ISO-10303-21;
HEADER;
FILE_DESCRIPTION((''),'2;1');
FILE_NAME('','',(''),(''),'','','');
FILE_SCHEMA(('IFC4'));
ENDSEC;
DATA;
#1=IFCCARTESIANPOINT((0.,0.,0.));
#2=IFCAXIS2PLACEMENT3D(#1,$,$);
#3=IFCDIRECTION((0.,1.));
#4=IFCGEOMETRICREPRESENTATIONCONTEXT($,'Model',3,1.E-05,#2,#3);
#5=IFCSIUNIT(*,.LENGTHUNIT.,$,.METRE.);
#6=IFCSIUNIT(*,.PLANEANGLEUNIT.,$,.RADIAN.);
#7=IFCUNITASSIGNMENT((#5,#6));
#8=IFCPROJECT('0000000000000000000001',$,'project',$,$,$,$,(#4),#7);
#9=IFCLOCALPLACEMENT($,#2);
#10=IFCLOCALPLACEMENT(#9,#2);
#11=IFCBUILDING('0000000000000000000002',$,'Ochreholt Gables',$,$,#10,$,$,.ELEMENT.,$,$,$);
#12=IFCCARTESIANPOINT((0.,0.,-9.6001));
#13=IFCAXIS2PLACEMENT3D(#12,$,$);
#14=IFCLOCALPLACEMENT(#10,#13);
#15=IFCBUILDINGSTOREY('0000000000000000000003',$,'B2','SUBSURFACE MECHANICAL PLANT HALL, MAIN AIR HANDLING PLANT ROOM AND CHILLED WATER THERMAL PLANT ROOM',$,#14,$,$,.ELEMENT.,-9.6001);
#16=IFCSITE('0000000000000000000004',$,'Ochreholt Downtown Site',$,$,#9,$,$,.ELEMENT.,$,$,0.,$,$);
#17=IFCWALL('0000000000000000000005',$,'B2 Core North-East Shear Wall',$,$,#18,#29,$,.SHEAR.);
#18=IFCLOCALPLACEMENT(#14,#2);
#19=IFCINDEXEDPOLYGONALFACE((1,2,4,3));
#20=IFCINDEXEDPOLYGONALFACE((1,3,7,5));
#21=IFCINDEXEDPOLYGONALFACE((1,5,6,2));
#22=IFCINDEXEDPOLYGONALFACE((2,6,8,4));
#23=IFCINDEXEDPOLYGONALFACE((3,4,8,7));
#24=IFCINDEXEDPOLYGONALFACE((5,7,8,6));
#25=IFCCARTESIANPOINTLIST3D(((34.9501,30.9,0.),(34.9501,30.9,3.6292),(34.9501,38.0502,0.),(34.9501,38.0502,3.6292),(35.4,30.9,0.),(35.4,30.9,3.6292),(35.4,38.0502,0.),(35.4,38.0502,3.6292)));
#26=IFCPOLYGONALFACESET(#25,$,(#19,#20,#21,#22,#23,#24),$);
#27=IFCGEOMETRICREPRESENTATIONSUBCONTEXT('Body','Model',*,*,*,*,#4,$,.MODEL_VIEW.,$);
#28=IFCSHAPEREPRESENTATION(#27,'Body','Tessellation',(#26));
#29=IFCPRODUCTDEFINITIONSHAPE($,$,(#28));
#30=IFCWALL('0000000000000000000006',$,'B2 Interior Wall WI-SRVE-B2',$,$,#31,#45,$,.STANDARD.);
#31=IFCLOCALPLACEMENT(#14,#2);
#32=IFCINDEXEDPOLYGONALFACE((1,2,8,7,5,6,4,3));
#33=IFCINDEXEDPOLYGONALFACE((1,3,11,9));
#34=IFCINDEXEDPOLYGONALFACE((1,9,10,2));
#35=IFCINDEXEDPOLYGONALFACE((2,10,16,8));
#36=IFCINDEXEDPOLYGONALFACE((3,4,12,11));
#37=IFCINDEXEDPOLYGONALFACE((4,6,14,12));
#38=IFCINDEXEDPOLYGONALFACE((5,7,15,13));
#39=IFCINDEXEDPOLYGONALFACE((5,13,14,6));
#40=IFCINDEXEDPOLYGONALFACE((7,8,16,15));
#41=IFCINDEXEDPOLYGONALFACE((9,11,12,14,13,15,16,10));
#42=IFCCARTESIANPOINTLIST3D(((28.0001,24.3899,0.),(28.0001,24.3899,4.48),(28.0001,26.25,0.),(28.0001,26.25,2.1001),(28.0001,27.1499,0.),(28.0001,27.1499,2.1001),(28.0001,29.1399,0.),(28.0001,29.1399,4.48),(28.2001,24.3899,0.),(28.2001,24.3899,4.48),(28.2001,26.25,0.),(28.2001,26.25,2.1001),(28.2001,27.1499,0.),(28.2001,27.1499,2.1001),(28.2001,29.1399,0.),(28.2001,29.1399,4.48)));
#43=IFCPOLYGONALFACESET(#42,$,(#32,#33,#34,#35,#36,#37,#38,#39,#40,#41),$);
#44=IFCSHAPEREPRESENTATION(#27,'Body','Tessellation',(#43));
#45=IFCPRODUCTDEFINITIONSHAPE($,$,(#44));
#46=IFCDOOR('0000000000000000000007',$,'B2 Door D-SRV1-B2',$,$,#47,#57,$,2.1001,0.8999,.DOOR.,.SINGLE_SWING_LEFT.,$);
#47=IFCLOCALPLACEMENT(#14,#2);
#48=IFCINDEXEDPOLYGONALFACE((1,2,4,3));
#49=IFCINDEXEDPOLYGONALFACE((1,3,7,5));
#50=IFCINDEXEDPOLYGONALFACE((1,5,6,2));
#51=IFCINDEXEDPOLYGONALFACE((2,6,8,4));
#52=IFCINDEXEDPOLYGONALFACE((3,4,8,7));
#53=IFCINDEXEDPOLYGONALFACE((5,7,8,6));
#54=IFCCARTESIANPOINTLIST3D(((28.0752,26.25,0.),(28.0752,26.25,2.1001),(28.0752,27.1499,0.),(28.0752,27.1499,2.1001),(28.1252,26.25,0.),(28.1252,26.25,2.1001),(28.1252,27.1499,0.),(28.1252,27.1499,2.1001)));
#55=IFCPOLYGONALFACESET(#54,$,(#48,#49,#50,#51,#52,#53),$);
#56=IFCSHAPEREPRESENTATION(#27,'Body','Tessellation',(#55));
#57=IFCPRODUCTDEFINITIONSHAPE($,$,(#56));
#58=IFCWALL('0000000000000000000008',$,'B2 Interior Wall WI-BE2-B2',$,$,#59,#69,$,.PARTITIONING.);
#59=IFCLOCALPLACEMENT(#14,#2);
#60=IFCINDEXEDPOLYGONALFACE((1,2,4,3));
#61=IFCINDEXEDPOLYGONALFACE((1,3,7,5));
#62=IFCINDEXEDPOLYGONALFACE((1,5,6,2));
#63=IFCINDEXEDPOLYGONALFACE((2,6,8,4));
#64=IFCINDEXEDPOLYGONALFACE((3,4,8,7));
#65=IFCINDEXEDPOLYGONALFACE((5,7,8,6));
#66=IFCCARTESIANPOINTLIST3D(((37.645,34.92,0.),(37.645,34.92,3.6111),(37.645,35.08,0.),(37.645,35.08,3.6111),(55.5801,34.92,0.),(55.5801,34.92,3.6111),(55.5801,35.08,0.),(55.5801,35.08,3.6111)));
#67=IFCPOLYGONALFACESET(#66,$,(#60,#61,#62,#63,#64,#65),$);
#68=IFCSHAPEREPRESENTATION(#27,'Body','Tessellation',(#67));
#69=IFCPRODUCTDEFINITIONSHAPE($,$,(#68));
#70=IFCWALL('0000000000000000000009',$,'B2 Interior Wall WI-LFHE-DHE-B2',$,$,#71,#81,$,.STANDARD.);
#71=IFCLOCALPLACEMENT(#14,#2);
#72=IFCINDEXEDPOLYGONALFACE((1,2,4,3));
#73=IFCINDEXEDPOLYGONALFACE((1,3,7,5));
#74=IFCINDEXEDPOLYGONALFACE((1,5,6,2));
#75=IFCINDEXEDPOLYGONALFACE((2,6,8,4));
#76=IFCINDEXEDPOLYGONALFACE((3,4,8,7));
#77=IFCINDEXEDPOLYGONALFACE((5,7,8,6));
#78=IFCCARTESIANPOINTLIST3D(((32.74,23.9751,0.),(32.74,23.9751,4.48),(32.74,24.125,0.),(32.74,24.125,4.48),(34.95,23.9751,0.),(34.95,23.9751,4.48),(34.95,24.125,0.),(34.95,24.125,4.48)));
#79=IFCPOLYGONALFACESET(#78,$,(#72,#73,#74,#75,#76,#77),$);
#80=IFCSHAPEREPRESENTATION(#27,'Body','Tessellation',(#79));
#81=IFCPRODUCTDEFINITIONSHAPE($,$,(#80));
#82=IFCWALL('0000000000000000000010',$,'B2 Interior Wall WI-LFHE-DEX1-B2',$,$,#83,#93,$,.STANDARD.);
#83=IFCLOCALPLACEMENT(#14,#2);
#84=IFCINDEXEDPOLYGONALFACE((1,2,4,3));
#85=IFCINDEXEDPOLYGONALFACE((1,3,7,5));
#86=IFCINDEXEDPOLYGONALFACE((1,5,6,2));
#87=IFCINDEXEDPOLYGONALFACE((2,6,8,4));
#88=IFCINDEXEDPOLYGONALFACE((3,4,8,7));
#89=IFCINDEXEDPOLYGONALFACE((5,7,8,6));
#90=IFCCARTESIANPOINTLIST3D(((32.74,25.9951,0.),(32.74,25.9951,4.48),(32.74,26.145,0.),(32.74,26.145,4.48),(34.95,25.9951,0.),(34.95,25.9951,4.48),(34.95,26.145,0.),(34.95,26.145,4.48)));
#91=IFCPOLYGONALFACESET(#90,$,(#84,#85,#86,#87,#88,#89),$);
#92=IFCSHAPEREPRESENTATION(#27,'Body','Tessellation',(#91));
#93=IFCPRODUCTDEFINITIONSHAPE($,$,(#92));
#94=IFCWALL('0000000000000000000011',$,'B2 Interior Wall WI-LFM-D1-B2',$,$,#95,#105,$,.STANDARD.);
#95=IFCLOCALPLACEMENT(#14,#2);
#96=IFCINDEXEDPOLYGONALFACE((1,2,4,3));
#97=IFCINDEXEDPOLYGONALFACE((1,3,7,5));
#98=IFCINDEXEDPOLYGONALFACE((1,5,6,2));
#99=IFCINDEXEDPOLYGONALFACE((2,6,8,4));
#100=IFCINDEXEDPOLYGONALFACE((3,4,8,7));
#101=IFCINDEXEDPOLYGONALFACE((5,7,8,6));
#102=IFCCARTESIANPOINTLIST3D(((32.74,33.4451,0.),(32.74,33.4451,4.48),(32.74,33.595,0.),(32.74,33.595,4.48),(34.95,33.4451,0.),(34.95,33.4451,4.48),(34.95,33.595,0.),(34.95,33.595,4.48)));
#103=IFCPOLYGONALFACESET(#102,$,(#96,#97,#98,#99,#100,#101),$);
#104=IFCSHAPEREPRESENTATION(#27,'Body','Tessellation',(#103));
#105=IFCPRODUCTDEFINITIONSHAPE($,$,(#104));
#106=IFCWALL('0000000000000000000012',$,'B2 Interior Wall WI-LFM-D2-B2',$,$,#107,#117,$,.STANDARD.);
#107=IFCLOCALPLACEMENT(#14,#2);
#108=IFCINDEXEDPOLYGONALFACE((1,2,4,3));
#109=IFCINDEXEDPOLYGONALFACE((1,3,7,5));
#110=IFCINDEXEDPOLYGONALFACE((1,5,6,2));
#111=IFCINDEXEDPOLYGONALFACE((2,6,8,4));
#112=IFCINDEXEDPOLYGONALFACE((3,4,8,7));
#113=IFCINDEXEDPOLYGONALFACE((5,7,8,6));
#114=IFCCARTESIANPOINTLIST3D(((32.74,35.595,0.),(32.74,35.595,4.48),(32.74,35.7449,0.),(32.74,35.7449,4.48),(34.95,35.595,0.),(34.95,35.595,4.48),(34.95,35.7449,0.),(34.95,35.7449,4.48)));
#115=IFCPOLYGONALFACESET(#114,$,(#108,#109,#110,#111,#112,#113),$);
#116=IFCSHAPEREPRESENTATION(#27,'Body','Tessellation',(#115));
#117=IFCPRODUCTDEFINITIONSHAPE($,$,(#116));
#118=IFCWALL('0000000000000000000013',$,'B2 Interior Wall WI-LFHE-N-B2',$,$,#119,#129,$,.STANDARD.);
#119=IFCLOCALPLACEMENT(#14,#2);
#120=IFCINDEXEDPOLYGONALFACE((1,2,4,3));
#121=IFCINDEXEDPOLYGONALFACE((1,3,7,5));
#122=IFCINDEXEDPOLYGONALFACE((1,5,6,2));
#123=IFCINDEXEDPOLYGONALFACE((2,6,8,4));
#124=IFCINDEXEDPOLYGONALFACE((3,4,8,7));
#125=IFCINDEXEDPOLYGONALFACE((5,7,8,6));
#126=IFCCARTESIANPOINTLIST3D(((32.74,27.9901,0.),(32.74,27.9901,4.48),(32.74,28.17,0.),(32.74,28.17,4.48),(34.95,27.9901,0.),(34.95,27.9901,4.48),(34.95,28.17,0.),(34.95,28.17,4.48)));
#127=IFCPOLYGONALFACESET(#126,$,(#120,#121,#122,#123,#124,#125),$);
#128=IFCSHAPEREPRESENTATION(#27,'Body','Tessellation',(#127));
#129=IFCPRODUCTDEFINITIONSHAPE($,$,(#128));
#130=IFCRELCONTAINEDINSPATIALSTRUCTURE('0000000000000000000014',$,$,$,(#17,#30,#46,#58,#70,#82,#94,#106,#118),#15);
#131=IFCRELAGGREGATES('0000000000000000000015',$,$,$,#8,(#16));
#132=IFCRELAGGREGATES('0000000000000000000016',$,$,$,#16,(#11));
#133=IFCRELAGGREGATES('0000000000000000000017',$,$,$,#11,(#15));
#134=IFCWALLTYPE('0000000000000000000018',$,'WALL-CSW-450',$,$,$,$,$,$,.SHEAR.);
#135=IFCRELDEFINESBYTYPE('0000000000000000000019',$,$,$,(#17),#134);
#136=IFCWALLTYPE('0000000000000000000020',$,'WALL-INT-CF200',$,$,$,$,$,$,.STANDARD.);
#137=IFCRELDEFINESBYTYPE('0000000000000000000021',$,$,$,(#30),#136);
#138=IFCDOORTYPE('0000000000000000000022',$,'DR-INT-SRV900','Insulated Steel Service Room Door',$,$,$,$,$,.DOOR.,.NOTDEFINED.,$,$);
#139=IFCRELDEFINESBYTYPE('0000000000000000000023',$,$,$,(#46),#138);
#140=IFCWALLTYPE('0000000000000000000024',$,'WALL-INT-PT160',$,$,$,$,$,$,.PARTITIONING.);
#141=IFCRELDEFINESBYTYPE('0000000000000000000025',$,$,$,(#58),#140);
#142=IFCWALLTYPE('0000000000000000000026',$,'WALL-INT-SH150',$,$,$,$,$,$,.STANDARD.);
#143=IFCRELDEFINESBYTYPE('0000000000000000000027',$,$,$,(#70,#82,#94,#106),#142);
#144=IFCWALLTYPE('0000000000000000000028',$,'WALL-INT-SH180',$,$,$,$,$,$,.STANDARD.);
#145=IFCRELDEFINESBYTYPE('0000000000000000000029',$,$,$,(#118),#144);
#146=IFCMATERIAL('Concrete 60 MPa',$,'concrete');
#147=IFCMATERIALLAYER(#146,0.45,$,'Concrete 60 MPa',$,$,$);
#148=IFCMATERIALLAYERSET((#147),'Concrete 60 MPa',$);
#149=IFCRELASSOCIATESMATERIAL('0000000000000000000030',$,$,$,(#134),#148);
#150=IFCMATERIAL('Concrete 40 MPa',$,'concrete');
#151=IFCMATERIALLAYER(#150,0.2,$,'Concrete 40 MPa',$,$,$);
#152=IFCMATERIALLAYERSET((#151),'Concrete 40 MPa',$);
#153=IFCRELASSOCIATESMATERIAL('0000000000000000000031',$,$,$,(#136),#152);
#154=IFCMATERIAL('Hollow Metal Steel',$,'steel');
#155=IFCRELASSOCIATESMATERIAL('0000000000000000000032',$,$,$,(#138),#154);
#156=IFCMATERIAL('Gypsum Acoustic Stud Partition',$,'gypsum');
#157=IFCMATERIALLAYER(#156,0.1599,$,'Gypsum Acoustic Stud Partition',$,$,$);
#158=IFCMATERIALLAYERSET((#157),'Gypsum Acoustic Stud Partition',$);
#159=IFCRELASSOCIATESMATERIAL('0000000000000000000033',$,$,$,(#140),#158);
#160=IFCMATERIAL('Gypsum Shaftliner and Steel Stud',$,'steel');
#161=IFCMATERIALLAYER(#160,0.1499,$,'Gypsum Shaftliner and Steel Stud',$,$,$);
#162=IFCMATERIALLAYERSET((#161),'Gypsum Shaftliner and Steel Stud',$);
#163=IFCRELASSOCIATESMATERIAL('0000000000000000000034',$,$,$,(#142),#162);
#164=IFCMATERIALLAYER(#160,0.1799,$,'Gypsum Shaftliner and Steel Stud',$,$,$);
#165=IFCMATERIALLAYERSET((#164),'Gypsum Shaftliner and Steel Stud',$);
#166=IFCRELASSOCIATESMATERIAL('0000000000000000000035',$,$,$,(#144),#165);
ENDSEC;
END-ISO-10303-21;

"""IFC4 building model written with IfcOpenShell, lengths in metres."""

from ifc_helpers import new_model, si_unit, direction, frame, frame_2d, origin, place, context, subcontext, project, spatial, rectangle, extrude, material, layer, layer_set, type_object, element, fill, save


model = new_model("IFC4")

# Units and contexts
model_context = context("Model", 3, precision=1e-05, world=origin(), true_north=direction((0.0, 1.0)))
body_context = subcontext(model_context, "Body", "Model", "MODEL_VIEW")
ifc_project = project(units=[si_unit("LENGTHUNIT", "METRE"), si_unit("PLANEANGLEUNIT", "RADIAN")], contexts=[model_context])

# Site, building, storey
site_placement = place(None, origin())
site = spatial("IfcSite", under=ifc_project, at=site_placement, Name="Ochreholt Downtown Site", CompositionType="ELEMENT", RefElevation=0.0)
building_placement = place(site_placement, origin())
building = spatial("IfcBuilding", under=site, at=building_placement, Name="Ochreholt Gables", CompositionType="ELEMENT")
storey_placement = place(building_placement, frame((0.0, 0.0, -9.6001)))
storey = spatial("IfcBuildingStorey", under=building, at=storey_placement, Name="B2", Description="SUBSURFACE MECHANICAL PLANT HALL, MAIN AIR HANDLING PLANT ROOM AND CHILLED WATER THERMAL PLANT ROOM", CompositionType="ELEMENT", Elevation=-9.6001)

# Shared definitions
ifc_material_1 = material(Name="Concrete 60 MPa", Category="concrete")

# Wall
ifc_layer_1 = layer(ifc_material_1, 0.45, Name="Concrete 60 MPa")
ifc_layer_set_1 = layer_set([ifc_layer_1], Name="Concrete 60 MPa")
wall_type_1 = type_object("IfcWallType", Name="WALL-CSW-450", PredefinedType="SHEAR", material=ifc_layer_set_1)
wall_1_placement = place(storey_placement, frame((35.175, 30.8999, 0.0), z_axis=(0.0, 0.0, 1.0), x_axis=(0.0, 1.0, 0.0)))
element("IfcWall", 1, at=wall_1_placement, inside=storey, type_object=wall_type_1, Name="B2 Core North-East Shear Wall", PredefinedType="SHEAR", context=body_context, shape_type="SweptSolid", body=[
    extrude(rectangle(XDim=7.1501, YDim=0.45, at=frame_2d((3.5752, 0.0))), origin(), (0.0, 0.0, 1.0), 3.6292),
])

# Wall, opening, door
ifc_material_2 = material(Name="Concrete 40 MPa", Category="concrete")
ifc_layer_2 = layer(ifc_material_2, 0.2, Name="Concrete 40 MPa")
ifc_layer_set_2 = layer_set([ifc_layer_2], Name="Concrete 40 MPa")
wall_type_2 = type_object("IfcWallType", Name="WALL-INT-CF200", PredefinedType="STANDARD", material=ifc_layer_set_2)
wall_2_placement = place(storey_placement, frame((28.1001, 24.3899, 0.0), z_axis=(0.0, 0.0, 1.0), x_axis=(0.0, 1.0, 0.0)))
wall_2 = element("IfcWall", 2, at=wall_2_placement, inside=storey, type_object=wall_type_2, Name="B2 Interior Wall WI-SRVE-B2", PredefinedType="STANDARD", context=body_context, shape_type="SweptSolid", body=[
    extrude(rectangle(XDim=4.75, YDim=0.2, at=frame_2d((2.375, 0.0))), origin(), (0.0, 0.0, 1.0), 4.48),
])
opening_1_placement = place(wall_2_placement, frame((1.8601, 0.0, 0.0)))
opening_1 = element("IfcOpeningElement", 3, at=opening_1_placement, cuts=wall_2, PredefinedType="OPENING", context=body_context, shape_type="SweptSolid", body=[
    extrude(rectangle(XDim=0.8999, YDim=2.1001, at=frame_2d((0.45, 1.05))), frame((0.0, 0.1099, 0.0), z_axis=(0.0, -1.0, 0.0), x_axis=(1.0, 0.0, 0.0)), (0.0, 0.0, 1.0), 0.22),
])
ifc_material_3 = material(Name="Hollow Metal Steel", Category="steel")
door_type = type_object("IfcDoorType", Name="DR-INT-SRV900", Description="Insulated Steel Service Room Door", OperationType="NOTDEFINED", PredefinedType="DOOR", material=ifc_material_3)
door_1_placement = place(opening_1_placement, origin())
door_1 = element("IfcDoor", 4, at=door_1_placement, inside=storey, type_object=door_type, Name="B2 Door D-SRV1-B2", OperationType="SINGLE_SWING_LEFT", OverallHeight=2.1001, OverallWidth=0.8999, PredefinedType="DOOR", context=body_context, shape_type="SweptSolid", body=[
    extrude(rectangle(XDim=0.8999, YDim=2.1001, at=frame_2d((0.45, 1.05))), frame((0.0, 0.0249, 0.0), z_axis=(0.0, -1.0, 0.0), x_axis=(1.0, 0.0, 0.0)), (0.0, 0.0, 1.0), 0.05),
])
fill(opening_1, door_1)

# Walls
ifc_material_4 = material(Name="Gypsum Acoustic Stud Partition", Category="gypsum")
ifc_layer_3 = layer(ifc_material_4, 0.1599, Name="Gypsum Acoustic Stud Partition")
ifc_layer_set_3 = layer_set([ifc_layer_3], Name="Gypsum Acoustic Stud Partition")
wall_type_3 = type_object("IfcWallType", Name="WALL-INT-PT160", PredefinedType="PARTITIONING", material=ifc_layer_set_3)
wall_3_placement = place(storey_placement, frame((37.645, 35.0, 0.0), z_axis=(0.0, 0.0, 1.0), x_axis=(1.0, 0.0, 0.0)))
element("IfcWall", 5, at=wall_3_placement, inside=storey, type_object=wall_type_3, Name="B2 Interior Wall WI-BE2-B2", PredefinedType="PARTITIONING", context=body_context, shape_type="SweptSolid", body=[
    extrude(rectangle(XDim=17.9351, YDim=0.1599, at=frame_2d((8.9675, 0.0))), origin(), (0.0, 0.0, 1.0), 3.6111),
])
ifc_material_5 = material(Name="Gypsum Shaftliner and Steel Stud", Category="steel")
ifc_layer_4 = layer(ifc_material_5, 0.1499, Name="Gypsum Shaftliner and Steel Stud")
ifc_layer_set_4 = layer_set([ifc_layer_4], Name="Gypsum Shaftliner and Steel Stud")
wall_type_4 = type_object("IfcWallType", Name="WALL-INT-SH150", PredefinedType="STANDARD", material=ifc_layer_set_4)
for number, where, z_axis, x_axis, name in (
    (6, (32.74, 24.05, 0.0), (0.0, 0.0, 1.0), (1.0, 0.0, 0.0), "B2 Interior Wall WI-LFHE-DHE-B2"),
    (7, (32.74, 26.0701, 0.0), (0.0, 0.0, 1.0), (1.0, 0.0, 0.0), "B2 Interior Wall WI-LFHE-DEX1-B2"),
    (8, (32.74, 33.52, 0.0), (0.0, 0.0, 1.0), (1.0, 0.0, 0.0), "B2 Interior Wall WI-LFM-D1-B2"),
    (9, (32.74, 35.6699, 0.0), (0.0, 0.0, 1.0), (1.0, 0.0, 0.0), "B2 Interior Wall WI-LFM-D2-B2"),
):
    element("IfcWall", number, at=place(storey_placement, frame(where, z_axis=z_axis, x_axis=x_axis)), inside=storey, type_object=wall_type_4, Name=name, PredefinedType="STANDARD", context=body_context, shape_type="SweptSolid", body=[
        extrude(rectangle(XDim=2.21, YDim=0.1499, at=frame_2d((1.105, 0.0))), origin(), (0.0, 0.0, 1.0), 4.48),
    ])
ifc_layer_5 = layer(ifc_material_5, 0.1799, Name="Gypsum Shaftliner and Steel Stud")
ifc_layer_set_5 = layer_set([ifc_layer_5], Name="Gypsum Shaftliner and Steel Stud")
wall_type_5 = type_object("IfcWallType", Name="WALL-INT-SH180", PredefinedType="STANDARD", material=ifc_layer_set_5)
wall_4_placement = place(storey_placement, frame((32.74, 28.0801, 0.0), z_axis=(0.0, 0.0, 1.0), x_axis=(1.0, 0.0, 0.0)))
element("IfcWall", 10, at=wall_4_placement, inside=storey, type_object=wall_type_5, Name="B2 Interior Wall WI-LFHE-N-B2", PredefinedType="STANDARD", context=body_context, shape_type="SweptSolid", body=[
    extrude(rectangle(XDim=2.21, YDim=0.1799, at=frame_2d((1.105, 0.0))), origin(), (0.0, 0.0, 1.0), 4.48),
])

save(model, "model.ifc")
